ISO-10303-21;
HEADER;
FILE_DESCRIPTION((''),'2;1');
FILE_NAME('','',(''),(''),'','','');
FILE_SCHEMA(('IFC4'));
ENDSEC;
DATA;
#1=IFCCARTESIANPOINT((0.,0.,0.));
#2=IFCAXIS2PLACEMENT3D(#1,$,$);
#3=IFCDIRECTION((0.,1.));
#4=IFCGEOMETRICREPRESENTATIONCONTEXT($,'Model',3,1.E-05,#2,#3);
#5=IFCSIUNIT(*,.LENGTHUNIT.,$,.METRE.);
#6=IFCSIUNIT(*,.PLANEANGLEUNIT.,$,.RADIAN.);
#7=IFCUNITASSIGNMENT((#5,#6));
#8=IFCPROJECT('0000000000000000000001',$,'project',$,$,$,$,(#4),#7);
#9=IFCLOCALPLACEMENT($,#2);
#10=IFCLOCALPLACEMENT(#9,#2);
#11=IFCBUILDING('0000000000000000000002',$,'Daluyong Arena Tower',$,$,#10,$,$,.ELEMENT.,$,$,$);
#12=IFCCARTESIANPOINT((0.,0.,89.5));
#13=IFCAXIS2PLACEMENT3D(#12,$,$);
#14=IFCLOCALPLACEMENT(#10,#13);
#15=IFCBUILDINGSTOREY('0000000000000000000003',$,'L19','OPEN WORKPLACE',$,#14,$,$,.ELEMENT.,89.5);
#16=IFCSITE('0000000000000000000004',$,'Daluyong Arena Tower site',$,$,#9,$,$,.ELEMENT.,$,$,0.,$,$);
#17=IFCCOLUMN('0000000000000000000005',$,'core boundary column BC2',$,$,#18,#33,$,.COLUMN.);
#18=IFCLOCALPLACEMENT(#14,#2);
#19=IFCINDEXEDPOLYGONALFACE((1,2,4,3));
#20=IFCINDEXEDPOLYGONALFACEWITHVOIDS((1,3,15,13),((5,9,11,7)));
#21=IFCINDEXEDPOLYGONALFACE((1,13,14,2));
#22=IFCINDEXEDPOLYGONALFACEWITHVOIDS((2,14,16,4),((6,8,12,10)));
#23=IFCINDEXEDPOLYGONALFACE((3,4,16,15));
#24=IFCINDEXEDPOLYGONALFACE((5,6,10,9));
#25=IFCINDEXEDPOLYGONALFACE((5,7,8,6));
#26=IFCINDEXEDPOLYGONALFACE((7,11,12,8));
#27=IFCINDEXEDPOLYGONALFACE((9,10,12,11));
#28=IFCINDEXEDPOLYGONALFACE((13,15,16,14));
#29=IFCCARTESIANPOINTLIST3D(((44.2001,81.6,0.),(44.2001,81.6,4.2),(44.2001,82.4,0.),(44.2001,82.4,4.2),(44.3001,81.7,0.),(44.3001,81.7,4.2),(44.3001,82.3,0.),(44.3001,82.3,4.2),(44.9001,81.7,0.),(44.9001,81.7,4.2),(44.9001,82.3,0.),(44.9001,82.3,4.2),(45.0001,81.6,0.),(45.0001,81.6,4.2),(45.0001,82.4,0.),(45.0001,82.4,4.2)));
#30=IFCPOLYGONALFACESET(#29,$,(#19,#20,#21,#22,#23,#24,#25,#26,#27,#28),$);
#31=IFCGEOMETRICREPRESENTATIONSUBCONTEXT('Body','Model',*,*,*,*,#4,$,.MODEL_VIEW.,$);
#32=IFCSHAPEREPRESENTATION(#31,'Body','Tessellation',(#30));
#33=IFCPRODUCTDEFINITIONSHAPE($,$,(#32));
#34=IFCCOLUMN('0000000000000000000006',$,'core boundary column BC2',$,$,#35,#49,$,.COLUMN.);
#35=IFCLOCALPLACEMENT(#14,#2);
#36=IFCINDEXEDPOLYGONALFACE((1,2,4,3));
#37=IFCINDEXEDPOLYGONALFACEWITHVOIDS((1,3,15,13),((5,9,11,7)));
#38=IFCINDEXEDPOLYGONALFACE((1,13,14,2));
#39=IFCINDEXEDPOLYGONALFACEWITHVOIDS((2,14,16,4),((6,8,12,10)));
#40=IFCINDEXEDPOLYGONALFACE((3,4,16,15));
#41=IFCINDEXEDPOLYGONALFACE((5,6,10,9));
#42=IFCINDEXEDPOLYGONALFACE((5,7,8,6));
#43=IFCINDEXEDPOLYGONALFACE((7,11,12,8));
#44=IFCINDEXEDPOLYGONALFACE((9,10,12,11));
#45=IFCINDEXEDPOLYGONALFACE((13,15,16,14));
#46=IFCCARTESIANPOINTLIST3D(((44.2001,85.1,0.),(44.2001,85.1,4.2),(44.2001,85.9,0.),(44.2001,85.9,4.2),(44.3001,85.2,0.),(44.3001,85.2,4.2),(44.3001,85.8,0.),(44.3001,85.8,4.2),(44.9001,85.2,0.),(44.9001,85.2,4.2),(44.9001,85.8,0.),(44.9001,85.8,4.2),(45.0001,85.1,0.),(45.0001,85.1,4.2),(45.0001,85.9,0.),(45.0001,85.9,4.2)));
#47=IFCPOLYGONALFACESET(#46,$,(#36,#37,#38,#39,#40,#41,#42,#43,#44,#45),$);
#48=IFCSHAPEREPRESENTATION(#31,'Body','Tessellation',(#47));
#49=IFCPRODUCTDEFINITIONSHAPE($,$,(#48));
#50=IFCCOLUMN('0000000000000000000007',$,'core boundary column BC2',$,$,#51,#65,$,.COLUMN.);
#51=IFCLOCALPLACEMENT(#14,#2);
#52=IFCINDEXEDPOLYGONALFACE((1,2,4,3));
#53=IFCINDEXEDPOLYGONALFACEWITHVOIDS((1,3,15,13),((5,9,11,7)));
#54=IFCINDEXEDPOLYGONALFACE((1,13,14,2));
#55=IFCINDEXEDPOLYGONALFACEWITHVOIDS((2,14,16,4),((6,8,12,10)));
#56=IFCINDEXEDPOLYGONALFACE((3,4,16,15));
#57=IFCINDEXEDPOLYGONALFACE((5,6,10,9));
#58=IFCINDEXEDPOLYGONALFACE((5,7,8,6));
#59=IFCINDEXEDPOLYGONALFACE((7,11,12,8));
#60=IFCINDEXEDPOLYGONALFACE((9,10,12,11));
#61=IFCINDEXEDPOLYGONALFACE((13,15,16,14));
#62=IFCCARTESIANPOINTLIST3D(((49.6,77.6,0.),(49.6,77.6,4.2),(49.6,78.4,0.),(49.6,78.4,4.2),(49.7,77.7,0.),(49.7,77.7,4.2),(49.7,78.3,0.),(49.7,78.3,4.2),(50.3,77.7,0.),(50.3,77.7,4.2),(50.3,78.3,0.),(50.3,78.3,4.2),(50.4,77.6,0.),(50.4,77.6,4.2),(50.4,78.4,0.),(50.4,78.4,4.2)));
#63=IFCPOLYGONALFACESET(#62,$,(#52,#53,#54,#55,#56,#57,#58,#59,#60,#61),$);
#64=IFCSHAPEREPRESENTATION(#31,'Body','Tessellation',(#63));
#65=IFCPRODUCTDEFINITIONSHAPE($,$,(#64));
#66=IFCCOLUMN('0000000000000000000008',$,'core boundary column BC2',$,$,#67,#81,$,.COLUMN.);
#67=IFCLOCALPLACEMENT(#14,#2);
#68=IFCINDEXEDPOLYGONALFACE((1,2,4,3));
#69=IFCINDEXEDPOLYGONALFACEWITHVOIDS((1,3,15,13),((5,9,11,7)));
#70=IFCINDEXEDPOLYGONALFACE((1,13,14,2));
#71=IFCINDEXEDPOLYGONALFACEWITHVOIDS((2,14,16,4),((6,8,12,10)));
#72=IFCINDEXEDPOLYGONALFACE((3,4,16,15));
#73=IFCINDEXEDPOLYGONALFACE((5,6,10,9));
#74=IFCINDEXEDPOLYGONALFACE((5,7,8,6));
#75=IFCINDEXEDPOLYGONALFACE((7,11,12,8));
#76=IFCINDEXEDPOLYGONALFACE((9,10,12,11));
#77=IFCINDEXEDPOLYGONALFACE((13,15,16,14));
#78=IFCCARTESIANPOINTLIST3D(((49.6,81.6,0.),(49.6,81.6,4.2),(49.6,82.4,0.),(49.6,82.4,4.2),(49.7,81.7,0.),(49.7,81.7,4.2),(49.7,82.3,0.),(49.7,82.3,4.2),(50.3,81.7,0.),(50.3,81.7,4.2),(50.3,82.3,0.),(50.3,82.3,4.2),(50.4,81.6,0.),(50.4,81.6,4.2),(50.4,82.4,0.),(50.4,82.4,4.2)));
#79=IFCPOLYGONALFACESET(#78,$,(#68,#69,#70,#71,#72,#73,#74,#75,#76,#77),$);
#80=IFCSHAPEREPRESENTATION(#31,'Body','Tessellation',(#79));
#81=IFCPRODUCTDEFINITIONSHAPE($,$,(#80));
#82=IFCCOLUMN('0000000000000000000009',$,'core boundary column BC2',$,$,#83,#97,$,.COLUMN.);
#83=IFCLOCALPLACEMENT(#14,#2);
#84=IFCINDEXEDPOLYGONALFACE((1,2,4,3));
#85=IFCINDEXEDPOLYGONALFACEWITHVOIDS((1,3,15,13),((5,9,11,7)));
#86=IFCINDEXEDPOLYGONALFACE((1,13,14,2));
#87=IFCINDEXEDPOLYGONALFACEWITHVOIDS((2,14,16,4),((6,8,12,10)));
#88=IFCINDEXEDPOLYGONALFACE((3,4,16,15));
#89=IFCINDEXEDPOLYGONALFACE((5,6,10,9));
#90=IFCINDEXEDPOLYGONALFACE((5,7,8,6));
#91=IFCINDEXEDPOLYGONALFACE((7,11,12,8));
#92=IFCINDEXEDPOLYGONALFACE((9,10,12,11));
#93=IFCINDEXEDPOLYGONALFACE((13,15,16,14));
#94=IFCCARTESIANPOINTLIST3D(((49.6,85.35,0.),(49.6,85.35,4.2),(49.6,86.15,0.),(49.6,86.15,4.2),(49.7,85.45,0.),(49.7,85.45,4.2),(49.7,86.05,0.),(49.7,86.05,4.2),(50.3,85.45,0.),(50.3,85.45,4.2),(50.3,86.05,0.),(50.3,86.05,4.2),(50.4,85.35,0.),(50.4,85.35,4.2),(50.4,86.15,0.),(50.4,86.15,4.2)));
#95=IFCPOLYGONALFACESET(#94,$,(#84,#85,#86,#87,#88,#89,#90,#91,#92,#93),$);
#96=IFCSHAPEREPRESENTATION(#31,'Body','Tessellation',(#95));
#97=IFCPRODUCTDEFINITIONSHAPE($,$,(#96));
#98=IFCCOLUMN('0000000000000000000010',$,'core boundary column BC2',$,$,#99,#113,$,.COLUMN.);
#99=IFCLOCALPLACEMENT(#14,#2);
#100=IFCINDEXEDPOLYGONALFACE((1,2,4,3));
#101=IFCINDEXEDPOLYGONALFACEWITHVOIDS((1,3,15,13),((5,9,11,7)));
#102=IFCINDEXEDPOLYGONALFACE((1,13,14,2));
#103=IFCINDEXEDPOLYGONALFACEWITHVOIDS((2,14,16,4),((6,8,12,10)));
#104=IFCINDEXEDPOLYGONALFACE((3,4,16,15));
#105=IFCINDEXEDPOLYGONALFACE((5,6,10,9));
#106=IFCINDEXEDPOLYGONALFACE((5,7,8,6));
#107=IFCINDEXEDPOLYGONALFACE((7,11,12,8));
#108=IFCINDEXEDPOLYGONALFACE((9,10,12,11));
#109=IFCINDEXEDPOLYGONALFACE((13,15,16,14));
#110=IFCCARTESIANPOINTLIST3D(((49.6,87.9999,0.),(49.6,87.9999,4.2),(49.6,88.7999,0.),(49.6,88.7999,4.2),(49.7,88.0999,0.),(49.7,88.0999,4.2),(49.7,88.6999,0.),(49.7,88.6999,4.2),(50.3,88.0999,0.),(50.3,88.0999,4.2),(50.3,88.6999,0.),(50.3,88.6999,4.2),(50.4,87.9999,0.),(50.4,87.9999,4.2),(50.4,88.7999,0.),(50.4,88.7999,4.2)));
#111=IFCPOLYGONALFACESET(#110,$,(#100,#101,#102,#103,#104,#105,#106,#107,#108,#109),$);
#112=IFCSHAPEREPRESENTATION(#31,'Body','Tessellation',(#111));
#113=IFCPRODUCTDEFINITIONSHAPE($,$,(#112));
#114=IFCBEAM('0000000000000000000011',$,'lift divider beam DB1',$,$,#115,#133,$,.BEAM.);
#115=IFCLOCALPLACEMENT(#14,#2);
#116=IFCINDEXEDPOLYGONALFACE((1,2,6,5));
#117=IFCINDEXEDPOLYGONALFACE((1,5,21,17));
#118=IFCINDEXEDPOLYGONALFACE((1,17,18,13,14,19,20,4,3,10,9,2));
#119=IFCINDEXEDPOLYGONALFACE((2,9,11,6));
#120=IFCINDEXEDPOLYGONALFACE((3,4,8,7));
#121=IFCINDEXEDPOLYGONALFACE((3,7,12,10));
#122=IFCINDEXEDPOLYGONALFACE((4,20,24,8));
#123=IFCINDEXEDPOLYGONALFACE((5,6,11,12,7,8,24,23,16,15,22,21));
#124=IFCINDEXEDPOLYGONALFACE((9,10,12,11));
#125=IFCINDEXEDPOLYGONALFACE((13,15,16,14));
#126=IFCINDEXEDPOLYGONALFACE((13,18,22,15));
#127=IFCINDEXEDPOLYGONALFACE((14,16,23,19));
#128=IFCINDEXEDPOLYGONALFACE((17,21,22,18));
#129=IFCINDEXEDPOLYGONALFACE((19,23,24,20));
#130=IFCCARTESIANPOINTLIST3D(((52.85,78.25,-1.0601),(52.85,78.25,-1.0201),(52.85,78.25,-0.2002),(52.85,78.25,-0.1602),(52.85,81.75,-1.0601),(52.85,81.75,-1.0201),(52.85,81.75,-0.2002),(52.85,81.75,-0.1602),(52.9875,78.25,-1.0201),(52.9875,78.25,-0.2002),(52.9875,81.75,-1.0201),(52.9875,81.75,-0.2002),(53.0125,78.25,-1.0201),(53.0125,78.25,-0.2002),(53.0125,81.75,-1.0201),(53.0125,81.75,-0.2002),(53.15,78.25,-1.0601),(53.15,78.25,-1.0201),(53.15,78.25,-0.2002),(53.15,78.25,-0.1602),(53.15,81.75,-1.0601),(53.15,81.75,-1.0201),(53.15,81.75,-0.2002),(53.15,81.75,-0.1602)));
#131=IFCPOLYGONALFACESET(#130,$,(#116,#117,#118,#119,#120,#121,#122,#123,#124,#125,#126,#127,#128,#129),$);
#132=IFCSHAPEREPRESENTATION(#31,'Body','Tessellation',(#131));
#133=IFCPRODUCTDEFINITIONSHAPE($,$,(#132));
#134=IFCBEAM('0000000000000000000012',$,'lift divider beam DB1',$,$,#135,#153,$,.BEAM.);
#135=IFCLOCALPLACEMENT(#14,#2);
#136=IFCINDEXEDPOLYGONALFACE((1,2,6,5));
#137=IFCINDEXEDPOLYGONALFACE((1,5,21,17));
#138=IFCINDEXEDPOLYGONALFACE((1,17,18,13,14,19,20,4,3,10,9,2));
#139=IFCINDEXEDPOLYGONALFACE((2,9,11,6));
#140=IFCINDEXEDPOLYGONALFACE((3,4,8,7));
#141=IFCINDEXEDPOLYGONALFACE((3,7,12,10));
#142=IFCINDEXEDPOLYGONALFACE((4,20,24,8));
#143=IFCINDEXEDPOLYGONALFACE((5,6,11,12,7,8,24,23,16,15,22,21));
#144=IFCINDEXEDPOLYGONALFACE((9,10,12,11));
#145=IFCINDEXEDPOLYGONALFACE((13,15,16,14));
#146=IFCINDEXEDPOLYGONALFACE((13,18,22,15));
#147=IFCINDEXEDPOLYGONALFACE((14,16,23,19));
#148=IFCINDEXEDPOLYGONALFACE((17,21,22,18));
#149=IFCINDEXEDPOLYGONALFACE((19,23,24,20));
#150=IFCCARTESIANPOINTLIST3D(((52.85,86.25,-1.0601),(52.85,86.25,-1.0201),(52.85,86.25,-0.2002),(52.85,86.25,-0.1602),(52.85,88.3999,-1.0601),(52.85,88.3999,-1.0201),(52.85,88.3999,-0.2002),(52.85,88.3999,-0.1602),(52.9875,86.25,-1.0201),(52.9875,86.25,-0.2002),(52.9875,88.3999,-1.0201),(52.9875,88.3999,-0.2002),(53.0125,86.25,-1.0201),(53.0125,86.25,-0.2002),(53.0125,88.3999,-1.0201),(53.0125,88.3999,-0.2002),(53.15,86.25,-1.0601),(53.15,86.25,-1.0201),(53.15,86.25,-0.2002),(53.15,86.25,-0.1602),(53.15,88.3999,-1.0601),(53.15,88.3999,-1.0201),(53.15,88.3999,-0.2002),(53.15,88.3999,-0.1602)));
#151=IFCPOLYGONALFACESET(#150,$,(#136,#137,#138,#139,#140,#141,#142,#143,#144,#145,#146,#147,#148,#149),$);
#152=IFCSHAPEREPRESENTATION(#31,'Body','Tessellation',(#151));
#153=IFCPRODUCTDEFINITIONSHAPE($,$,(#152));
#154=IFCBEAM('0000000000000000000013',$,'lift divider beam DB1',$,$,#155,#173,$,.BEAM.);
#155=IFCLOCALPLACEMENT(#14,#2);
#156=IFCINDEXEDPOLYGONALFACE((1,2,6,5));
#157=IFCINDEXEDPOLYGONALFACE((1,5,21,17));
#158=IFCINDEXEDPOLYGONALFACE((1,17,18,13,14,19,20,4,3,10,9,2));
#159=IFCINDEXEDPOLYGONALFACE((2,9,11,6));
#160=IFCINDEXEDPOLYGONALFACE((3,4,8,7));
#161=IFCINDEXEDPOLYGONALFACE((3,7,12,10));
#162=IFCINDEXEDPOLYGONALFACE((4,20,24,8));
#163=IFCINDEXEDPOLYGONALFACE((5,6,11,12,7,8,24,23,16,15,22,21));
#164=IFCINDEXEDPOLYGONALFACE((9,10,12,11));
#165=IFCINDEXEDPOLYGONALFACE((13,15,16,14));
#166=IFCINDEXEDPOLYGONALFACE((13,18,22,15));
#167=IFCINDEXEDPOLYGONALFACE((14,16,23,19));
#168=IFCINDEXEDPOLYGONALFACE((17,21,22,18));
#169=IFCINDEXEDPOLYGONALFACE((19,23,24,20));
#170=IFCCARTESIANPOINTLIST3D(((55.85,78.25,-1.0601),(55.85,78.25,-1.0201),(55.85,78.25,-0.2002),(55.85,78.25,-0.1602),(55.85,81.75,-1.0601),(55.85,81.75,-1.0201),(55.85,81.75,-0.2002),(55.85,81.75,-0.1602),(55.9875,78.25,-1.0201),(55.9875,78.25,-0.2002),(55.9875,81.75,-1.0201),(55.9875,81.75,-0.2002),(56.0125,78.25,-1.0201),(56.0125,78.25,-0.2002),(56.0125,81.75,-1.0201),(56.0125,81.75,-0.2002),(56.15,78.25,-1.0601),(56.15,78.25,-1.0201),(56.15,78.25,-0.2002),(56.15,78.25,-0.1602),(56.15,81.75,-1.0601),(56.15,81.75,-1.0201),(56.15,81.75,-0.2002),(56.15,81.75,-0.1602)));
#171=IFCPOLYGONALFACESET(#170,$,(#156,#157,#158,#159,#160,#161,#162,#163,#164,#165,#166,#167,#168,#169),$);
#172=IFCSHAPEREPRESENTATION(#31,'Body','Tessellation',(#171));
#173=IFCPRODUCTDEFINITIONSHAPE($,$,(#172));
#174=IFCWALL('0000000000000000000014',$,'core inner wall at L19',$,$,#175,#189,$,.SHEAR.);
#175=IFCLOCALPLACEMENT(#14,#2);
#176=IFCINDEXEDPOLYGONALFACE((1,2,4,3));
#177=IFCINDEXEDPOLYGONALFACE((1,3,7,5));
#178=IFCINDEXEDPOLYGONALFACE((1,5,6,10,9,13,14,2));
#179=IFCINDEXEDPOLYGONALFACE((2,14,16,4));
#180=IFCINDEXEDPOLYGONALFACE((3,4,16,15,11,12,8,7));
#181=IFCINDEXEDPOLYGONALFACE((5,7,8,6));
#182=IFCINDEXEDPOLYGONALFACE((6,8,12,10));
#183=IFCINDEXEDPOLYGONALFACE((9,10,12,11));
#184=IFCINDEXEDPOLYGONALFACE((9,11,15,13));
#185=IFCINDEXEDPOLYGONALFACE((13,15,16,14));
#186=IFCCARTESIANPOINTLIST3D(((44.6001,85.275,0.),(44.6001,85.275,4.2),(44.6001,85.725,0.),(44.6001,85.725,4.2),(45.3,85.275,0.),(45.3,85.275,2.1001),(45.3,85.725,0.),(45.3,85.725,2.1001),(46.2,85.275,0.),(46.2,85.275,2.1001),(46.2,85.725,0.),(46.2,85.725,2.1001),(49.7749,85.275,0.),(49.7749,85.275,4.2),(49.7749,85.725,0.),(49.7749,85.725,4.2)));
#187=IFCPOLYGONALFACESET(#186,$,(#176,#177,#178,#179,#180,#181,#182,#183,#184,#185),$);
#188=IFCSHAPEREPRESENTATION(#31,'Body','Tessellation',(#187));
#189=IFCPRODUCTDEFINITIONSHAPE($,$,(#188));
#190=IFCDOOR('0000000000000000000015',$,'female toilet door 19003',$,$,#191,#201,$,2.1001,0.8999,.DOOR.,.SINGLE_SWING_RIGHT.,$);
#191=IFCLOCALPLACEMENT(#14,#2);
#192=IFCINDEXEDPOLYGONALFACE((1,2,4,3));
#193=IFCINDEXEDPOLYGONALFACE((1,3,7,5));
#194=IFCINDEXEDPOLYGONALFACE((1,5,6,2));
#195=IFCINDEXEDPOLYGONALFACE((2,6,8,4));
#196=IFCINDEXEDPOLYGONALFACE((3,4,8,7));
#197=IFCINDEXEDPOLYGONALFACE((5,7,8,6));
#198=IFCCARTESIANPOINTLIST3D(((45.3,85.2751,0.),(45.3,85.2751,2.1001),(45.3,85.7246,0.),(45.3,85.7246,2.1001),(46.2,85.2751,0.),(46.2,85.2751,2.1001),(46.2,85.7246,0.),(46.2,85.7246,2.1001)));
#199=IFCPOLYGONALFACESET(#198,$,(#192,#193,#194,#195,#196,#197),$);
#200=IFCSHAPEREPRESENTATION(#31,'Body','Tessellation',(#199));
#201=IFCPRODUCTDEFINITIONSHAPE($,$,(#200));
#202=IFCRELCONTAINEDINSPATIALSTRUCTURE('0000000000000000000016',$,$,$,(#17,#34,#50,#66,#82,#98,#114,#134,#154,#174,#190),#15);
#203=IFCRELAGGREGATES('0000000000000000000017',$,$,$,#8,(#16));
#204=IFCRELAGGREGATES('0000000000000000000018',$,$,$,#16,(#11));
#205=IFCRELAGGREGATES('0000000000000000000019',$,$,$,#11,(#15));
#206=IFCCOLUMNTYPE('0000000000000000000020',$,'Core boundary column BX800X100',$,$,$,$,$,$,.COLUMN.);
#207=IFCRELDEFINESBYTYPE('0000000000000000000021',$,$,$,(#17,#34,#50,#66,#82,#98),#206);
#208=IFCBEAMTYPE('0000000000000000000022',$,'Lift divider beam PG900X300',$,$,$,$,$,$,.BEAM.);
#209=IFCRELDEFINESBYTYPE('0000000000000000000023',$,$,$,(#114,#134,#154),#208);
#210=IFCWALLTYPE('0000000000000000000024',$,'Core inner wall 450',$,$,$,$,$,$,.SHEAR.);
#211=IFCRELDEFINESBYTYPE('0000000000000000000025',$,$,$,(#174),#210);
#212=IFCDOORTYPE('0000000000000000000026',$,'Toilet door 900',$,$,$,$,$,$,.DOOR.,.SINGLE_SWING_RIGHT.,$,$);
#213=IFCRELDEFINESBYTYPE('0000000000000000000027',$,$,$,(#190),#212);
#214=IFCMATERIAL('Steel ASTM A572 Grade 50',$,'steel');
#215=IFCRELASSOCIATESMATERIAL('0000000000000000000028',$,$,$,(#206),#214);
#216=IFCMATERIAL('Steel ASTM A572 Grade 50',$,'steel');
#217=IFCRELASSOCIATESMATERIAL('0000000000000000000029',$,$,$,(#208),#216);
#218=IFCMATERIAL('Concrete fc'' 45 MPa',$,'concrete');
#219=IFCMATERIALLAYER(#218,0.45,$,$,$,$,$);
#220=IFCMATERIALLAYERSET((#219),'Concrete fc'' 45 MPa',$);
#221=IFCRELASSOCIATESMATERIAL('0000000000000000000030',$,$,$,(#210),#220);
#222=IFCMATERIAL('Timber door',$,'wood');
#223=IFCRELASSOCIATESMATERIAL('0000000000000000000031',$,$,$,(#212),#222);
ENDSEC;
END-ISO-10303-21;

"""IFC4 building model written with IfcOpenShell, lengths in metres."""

from ifc_helpers import new_model, si_unit, direction, frame, frame_2d, origin, origin_2d, place, context, subcontext, project, spatial, rectangle, hollow_rectangle, i_section, extrude, material, layer, layer_set, material_profile, profile_set, type_object, element, fill, save


model = new_model("IFC4")

# Units and contexts
model_context = context("Model", 3, precision=1e-05, world=origin(), true_north=direction((0.0, 1.0)))
body_context = subcontext(model_context, "Body", "Model", "MODEL_VIEW")
ifc_project = project(units=[si_unit("LENGTHUNIT", "METRE"), si_unit("PLANEANGLEUNIT", "RADIAN")], contexts=[model_context])

# Site, building, storey
site_placement = place(None, origin())
site = spatial("IfcSite", under=ifc_project, at=site_placement, Name="Daluyong Arena Tower site", CompositionType="ELEMENT", RefElevation=0.0)
building_placement = place(site_placement, origin())
building = spatial("IfcBuilding", under=site, at=building_placement, Name="Daluyong Arena Tower", CompositionType="ELEMENT")
storey_placement = place(building_placement, frame((0.0, 0.0, 89.5)))
storey = spatial("IfcBuildingStorey", under=building, at=storey_placement, Name="L19", Description="OPEN WORKPLACE", CompositionType="ELEMENT", Elevation=89.5)

# Columns
ifc_material_1 = material(Name="Steel ASTM A572 Grade 50", Category="steel")
ifc_material_profile_1 = material_profile(ifc_material_1, hollow_rectangle(XDim=0.8, YDim=0.8, WallThickness=0.1, at=origin_2d()))
ifc_profile_set_1 = profile_set([ifc_material_profile_1], Name="Steel ASTM A572 Grade 50")
column_type = type_object("IfcColumnType", Name="Core boundary column BX800X100", PredefinedType="COLUMN", material=ifc_profile_set_1)
for number, where, z_axis, x_axis, name in (
    (1, (44.6001, 82.0, 0.0), (0.0, 0.0, 1.0), (1.0, 0.0, 0.0), "core boundary column BC2"),
    (2, (44.6001, 85.5, 0.0), (0.0, 0.0, 1.0), (1.0, 0.0, 0.0), "core boundary column BC2"),
    (3, (50.0, 78.0, 0.0), (0.0, 0.0, 1.0), (1.0, 0.0, 0.0), "core boundary column BC2"),
    (4, (50.0, 82.0, 0.0), (0.0, 0.0, 1.0), (1.0, 0.0, 0.0), "core boundary column BC2"),
    (5, (50.0, 85.75, 0.0), (0.0, 0.0, 1.0), (1.0, 0.0, 0.0), "core boundary column BC2"),
    (6, (50.0, 88.3999, 0.0), (0.0, 0.0, 1.0), (1.0, 0.0, 0.0), "core boundary column BC2"),
):
    element("IfcColumn", number, at=place(storey_placement, frame(where, z_axis=z_axis, x_axis=x_axis)), inside=storey, type_object=column_type, Name=name, PredefinedType="COLUMN", context=body_context, shape_type="SweptSolid", body=[
        extrude(hollow_rectangle(XDim=0.8, YDim=0.8, WallThickness=0.1, at=origin_2d()), origin(), (0.0, 0.0, 1.0), 4.2),
    ])

# Beams
ifc_material_2 = material(Name="Steel ASTM A572 Grade 50", Category="steel")
ifc_material_profile_2 = material_profile(ifc_material_2, i_section(OverallWidth=0.3, OverallDepth=0.8999, WebThickness=0.025, FlangeThickness=0.04, at=origin_2d()))
ifc_profile_set_2 = profile_set([ifc_material_profile_2], Name="Steel ASTM A572 Grade 50")
beam_type = type_object("IfcBeamType", Name="Lift divider beam PG900X300", PredefinedType="BEAM", material=ifc_profile_set_2)
beam_1_placement = place(storey_placement, frame((53.0, 78.25, -0.6101), z_axis=(0.0, 1.0, 0.0), x_axis=(-1.0, 0.0, 0.0)))
element("IfcBeam", 7, at=beam_1_placement, inside=storey, type_object=beam_type, Name="lift divider beam DB1", PredefinedType="BEAM", context=body_context, shape_type="SweptSolid", body=[
    extrude(i_section(OverallWidth=0.3, OverallDepth=0.8999, WebThickness=0.025, FlangeThickness=0.04, at=origin_2d()), origin(), (0.0, 0.0, 1.0), 3.5),
])
beam_2_placement = place(storey_placement, frame((53.0, 86.25, -0.6101), z_axis=(0.0, 1.0, 0.0), x_axis=(-1.0, 0.0, 0.0)))
element("IfcBeam", 8, at=beam_2_placement, inside=storey, type_object=beam_type, Name="lift divider beam DB1", PredefinedType="BEAM", context=body_context, shape_type="SweptSolid", body=[
    extrude(i_section(OverallWidth=0.3, OverallDepth=0.8999, WebThickness=0.025, FlangeThickness=0.04, at=origin_2d()), origin(), (0.0, 0.0, 1.0), 2.1499),
])
beam_3_placement = place(storey_placement, frame((56.0, 78.25, -0.6101), z_axis=(0.0, 1.0, 0.0), x_axis=(-1.0, 0.0, 0.0)))
element("IfcBeam", 9, at=beam_3_placement, inside=storey, type_object=beam_type, Name="lift divider beam DB1", PredefinedType="BEAM", context=body_context, shape_type="SweptSolid", body=[
    extrude(i_section(OverallWidth=0.3, OverallDepth=0.8999, WebThickness=0.025, FlangeThickness=0.04, at=origin_2d()), origin(), (0.0, 0.0, 1.0), 3.5),
])

# Wall, opening, door
ifc_material_3 = material(Name="Concrete fc' 45 MPa", Category="concrete")
ifc_layer_1 = layer(ifc_material_3, 0.45)
ifc_layer_set_1 = layer_set([ifc_layer_1], Name="Concrete fc' 45 MPa")
wall_type_1 = type_object("IfcWallType", Name="Core inner wall 450", PredefinedType="SHEAR", material=ifc_layer_set_1)
wall_1_placement = place(storey_placement, frame((44.6001, 85.5, 0.0), z_axis=(0.0, 0.0, 1.0), x_axis=(1.0, 0.0, 0.0)))
wall_1 = element("IfcWall", 10, at=wall_1_placement, inside=storey, type_object=wall_type_1, Name="core inner wall at L19", PredefinedType="SHEAR", context=body_context, shape_type="SweptSolid", body=[
    extrude(rectangle(XDim=5.1748, YDim=0.45, at=frame_2d((2.5874, 0.0))), origin(), (0.0, 0.0, 1.0), 4.2),
])
opening_1_placement = place(wall_1_placement, frame((0.7, 0.0, 0.0)))
opening_1 = element("IfcOpeningElement", 11, at=opening_1_placement, cuts=wall_1, PredefinedType="OPENING", context=body_context, shape_type="SweptSolid", body=[
    extrude(rectangle(XDim=0.8999, YDim=2.1001, at=frame_2d((0.45, 1.05))), frame((0.0, 0.2349, 0.0), z_axis=(0.0, -1.0, 0.0), x_axis=(1.0, 0.0, 0.0)), (0.0, 0.0, 1.0), 0.47),
])
ifc_material_4 = material(Name="Timber door", Category="wood")
door_type_1 = type_object("IfcDoorType", Name="Toilet door 900", OperationType="SINGLE_SWING_RIGHT", PredefinedType="DOOR", material=ifc_material_4)
door_1_placement = place(opening_1_placement, origin())
door_1 = element("IfcDoor", 12, at=door_1_placement, inside=storey, type_object=door_type_1, Name="female toilet door 19003", OperationType="SINGLE_SWING_RIGHT", OverallHeight=2.1001, OverallWidth=0.8999, PredefinedType="DOOR", context=body_context, shape_type="SweptSolid", body=[
    extrude(rectangle(XDim=0.8999, YDim=2.1001, at=frame_2d((0.45, 1.05))), frame((0.0, 0.2246, 0.0), z_axis=(0.0, -1.0, 0.0), x_axis=(1.0, 0.0, 0.0)), (0.0, 0.0, 1.0), 0.4495),
])
fill(opening_1, door_1)

save(model, "model.ifc")
